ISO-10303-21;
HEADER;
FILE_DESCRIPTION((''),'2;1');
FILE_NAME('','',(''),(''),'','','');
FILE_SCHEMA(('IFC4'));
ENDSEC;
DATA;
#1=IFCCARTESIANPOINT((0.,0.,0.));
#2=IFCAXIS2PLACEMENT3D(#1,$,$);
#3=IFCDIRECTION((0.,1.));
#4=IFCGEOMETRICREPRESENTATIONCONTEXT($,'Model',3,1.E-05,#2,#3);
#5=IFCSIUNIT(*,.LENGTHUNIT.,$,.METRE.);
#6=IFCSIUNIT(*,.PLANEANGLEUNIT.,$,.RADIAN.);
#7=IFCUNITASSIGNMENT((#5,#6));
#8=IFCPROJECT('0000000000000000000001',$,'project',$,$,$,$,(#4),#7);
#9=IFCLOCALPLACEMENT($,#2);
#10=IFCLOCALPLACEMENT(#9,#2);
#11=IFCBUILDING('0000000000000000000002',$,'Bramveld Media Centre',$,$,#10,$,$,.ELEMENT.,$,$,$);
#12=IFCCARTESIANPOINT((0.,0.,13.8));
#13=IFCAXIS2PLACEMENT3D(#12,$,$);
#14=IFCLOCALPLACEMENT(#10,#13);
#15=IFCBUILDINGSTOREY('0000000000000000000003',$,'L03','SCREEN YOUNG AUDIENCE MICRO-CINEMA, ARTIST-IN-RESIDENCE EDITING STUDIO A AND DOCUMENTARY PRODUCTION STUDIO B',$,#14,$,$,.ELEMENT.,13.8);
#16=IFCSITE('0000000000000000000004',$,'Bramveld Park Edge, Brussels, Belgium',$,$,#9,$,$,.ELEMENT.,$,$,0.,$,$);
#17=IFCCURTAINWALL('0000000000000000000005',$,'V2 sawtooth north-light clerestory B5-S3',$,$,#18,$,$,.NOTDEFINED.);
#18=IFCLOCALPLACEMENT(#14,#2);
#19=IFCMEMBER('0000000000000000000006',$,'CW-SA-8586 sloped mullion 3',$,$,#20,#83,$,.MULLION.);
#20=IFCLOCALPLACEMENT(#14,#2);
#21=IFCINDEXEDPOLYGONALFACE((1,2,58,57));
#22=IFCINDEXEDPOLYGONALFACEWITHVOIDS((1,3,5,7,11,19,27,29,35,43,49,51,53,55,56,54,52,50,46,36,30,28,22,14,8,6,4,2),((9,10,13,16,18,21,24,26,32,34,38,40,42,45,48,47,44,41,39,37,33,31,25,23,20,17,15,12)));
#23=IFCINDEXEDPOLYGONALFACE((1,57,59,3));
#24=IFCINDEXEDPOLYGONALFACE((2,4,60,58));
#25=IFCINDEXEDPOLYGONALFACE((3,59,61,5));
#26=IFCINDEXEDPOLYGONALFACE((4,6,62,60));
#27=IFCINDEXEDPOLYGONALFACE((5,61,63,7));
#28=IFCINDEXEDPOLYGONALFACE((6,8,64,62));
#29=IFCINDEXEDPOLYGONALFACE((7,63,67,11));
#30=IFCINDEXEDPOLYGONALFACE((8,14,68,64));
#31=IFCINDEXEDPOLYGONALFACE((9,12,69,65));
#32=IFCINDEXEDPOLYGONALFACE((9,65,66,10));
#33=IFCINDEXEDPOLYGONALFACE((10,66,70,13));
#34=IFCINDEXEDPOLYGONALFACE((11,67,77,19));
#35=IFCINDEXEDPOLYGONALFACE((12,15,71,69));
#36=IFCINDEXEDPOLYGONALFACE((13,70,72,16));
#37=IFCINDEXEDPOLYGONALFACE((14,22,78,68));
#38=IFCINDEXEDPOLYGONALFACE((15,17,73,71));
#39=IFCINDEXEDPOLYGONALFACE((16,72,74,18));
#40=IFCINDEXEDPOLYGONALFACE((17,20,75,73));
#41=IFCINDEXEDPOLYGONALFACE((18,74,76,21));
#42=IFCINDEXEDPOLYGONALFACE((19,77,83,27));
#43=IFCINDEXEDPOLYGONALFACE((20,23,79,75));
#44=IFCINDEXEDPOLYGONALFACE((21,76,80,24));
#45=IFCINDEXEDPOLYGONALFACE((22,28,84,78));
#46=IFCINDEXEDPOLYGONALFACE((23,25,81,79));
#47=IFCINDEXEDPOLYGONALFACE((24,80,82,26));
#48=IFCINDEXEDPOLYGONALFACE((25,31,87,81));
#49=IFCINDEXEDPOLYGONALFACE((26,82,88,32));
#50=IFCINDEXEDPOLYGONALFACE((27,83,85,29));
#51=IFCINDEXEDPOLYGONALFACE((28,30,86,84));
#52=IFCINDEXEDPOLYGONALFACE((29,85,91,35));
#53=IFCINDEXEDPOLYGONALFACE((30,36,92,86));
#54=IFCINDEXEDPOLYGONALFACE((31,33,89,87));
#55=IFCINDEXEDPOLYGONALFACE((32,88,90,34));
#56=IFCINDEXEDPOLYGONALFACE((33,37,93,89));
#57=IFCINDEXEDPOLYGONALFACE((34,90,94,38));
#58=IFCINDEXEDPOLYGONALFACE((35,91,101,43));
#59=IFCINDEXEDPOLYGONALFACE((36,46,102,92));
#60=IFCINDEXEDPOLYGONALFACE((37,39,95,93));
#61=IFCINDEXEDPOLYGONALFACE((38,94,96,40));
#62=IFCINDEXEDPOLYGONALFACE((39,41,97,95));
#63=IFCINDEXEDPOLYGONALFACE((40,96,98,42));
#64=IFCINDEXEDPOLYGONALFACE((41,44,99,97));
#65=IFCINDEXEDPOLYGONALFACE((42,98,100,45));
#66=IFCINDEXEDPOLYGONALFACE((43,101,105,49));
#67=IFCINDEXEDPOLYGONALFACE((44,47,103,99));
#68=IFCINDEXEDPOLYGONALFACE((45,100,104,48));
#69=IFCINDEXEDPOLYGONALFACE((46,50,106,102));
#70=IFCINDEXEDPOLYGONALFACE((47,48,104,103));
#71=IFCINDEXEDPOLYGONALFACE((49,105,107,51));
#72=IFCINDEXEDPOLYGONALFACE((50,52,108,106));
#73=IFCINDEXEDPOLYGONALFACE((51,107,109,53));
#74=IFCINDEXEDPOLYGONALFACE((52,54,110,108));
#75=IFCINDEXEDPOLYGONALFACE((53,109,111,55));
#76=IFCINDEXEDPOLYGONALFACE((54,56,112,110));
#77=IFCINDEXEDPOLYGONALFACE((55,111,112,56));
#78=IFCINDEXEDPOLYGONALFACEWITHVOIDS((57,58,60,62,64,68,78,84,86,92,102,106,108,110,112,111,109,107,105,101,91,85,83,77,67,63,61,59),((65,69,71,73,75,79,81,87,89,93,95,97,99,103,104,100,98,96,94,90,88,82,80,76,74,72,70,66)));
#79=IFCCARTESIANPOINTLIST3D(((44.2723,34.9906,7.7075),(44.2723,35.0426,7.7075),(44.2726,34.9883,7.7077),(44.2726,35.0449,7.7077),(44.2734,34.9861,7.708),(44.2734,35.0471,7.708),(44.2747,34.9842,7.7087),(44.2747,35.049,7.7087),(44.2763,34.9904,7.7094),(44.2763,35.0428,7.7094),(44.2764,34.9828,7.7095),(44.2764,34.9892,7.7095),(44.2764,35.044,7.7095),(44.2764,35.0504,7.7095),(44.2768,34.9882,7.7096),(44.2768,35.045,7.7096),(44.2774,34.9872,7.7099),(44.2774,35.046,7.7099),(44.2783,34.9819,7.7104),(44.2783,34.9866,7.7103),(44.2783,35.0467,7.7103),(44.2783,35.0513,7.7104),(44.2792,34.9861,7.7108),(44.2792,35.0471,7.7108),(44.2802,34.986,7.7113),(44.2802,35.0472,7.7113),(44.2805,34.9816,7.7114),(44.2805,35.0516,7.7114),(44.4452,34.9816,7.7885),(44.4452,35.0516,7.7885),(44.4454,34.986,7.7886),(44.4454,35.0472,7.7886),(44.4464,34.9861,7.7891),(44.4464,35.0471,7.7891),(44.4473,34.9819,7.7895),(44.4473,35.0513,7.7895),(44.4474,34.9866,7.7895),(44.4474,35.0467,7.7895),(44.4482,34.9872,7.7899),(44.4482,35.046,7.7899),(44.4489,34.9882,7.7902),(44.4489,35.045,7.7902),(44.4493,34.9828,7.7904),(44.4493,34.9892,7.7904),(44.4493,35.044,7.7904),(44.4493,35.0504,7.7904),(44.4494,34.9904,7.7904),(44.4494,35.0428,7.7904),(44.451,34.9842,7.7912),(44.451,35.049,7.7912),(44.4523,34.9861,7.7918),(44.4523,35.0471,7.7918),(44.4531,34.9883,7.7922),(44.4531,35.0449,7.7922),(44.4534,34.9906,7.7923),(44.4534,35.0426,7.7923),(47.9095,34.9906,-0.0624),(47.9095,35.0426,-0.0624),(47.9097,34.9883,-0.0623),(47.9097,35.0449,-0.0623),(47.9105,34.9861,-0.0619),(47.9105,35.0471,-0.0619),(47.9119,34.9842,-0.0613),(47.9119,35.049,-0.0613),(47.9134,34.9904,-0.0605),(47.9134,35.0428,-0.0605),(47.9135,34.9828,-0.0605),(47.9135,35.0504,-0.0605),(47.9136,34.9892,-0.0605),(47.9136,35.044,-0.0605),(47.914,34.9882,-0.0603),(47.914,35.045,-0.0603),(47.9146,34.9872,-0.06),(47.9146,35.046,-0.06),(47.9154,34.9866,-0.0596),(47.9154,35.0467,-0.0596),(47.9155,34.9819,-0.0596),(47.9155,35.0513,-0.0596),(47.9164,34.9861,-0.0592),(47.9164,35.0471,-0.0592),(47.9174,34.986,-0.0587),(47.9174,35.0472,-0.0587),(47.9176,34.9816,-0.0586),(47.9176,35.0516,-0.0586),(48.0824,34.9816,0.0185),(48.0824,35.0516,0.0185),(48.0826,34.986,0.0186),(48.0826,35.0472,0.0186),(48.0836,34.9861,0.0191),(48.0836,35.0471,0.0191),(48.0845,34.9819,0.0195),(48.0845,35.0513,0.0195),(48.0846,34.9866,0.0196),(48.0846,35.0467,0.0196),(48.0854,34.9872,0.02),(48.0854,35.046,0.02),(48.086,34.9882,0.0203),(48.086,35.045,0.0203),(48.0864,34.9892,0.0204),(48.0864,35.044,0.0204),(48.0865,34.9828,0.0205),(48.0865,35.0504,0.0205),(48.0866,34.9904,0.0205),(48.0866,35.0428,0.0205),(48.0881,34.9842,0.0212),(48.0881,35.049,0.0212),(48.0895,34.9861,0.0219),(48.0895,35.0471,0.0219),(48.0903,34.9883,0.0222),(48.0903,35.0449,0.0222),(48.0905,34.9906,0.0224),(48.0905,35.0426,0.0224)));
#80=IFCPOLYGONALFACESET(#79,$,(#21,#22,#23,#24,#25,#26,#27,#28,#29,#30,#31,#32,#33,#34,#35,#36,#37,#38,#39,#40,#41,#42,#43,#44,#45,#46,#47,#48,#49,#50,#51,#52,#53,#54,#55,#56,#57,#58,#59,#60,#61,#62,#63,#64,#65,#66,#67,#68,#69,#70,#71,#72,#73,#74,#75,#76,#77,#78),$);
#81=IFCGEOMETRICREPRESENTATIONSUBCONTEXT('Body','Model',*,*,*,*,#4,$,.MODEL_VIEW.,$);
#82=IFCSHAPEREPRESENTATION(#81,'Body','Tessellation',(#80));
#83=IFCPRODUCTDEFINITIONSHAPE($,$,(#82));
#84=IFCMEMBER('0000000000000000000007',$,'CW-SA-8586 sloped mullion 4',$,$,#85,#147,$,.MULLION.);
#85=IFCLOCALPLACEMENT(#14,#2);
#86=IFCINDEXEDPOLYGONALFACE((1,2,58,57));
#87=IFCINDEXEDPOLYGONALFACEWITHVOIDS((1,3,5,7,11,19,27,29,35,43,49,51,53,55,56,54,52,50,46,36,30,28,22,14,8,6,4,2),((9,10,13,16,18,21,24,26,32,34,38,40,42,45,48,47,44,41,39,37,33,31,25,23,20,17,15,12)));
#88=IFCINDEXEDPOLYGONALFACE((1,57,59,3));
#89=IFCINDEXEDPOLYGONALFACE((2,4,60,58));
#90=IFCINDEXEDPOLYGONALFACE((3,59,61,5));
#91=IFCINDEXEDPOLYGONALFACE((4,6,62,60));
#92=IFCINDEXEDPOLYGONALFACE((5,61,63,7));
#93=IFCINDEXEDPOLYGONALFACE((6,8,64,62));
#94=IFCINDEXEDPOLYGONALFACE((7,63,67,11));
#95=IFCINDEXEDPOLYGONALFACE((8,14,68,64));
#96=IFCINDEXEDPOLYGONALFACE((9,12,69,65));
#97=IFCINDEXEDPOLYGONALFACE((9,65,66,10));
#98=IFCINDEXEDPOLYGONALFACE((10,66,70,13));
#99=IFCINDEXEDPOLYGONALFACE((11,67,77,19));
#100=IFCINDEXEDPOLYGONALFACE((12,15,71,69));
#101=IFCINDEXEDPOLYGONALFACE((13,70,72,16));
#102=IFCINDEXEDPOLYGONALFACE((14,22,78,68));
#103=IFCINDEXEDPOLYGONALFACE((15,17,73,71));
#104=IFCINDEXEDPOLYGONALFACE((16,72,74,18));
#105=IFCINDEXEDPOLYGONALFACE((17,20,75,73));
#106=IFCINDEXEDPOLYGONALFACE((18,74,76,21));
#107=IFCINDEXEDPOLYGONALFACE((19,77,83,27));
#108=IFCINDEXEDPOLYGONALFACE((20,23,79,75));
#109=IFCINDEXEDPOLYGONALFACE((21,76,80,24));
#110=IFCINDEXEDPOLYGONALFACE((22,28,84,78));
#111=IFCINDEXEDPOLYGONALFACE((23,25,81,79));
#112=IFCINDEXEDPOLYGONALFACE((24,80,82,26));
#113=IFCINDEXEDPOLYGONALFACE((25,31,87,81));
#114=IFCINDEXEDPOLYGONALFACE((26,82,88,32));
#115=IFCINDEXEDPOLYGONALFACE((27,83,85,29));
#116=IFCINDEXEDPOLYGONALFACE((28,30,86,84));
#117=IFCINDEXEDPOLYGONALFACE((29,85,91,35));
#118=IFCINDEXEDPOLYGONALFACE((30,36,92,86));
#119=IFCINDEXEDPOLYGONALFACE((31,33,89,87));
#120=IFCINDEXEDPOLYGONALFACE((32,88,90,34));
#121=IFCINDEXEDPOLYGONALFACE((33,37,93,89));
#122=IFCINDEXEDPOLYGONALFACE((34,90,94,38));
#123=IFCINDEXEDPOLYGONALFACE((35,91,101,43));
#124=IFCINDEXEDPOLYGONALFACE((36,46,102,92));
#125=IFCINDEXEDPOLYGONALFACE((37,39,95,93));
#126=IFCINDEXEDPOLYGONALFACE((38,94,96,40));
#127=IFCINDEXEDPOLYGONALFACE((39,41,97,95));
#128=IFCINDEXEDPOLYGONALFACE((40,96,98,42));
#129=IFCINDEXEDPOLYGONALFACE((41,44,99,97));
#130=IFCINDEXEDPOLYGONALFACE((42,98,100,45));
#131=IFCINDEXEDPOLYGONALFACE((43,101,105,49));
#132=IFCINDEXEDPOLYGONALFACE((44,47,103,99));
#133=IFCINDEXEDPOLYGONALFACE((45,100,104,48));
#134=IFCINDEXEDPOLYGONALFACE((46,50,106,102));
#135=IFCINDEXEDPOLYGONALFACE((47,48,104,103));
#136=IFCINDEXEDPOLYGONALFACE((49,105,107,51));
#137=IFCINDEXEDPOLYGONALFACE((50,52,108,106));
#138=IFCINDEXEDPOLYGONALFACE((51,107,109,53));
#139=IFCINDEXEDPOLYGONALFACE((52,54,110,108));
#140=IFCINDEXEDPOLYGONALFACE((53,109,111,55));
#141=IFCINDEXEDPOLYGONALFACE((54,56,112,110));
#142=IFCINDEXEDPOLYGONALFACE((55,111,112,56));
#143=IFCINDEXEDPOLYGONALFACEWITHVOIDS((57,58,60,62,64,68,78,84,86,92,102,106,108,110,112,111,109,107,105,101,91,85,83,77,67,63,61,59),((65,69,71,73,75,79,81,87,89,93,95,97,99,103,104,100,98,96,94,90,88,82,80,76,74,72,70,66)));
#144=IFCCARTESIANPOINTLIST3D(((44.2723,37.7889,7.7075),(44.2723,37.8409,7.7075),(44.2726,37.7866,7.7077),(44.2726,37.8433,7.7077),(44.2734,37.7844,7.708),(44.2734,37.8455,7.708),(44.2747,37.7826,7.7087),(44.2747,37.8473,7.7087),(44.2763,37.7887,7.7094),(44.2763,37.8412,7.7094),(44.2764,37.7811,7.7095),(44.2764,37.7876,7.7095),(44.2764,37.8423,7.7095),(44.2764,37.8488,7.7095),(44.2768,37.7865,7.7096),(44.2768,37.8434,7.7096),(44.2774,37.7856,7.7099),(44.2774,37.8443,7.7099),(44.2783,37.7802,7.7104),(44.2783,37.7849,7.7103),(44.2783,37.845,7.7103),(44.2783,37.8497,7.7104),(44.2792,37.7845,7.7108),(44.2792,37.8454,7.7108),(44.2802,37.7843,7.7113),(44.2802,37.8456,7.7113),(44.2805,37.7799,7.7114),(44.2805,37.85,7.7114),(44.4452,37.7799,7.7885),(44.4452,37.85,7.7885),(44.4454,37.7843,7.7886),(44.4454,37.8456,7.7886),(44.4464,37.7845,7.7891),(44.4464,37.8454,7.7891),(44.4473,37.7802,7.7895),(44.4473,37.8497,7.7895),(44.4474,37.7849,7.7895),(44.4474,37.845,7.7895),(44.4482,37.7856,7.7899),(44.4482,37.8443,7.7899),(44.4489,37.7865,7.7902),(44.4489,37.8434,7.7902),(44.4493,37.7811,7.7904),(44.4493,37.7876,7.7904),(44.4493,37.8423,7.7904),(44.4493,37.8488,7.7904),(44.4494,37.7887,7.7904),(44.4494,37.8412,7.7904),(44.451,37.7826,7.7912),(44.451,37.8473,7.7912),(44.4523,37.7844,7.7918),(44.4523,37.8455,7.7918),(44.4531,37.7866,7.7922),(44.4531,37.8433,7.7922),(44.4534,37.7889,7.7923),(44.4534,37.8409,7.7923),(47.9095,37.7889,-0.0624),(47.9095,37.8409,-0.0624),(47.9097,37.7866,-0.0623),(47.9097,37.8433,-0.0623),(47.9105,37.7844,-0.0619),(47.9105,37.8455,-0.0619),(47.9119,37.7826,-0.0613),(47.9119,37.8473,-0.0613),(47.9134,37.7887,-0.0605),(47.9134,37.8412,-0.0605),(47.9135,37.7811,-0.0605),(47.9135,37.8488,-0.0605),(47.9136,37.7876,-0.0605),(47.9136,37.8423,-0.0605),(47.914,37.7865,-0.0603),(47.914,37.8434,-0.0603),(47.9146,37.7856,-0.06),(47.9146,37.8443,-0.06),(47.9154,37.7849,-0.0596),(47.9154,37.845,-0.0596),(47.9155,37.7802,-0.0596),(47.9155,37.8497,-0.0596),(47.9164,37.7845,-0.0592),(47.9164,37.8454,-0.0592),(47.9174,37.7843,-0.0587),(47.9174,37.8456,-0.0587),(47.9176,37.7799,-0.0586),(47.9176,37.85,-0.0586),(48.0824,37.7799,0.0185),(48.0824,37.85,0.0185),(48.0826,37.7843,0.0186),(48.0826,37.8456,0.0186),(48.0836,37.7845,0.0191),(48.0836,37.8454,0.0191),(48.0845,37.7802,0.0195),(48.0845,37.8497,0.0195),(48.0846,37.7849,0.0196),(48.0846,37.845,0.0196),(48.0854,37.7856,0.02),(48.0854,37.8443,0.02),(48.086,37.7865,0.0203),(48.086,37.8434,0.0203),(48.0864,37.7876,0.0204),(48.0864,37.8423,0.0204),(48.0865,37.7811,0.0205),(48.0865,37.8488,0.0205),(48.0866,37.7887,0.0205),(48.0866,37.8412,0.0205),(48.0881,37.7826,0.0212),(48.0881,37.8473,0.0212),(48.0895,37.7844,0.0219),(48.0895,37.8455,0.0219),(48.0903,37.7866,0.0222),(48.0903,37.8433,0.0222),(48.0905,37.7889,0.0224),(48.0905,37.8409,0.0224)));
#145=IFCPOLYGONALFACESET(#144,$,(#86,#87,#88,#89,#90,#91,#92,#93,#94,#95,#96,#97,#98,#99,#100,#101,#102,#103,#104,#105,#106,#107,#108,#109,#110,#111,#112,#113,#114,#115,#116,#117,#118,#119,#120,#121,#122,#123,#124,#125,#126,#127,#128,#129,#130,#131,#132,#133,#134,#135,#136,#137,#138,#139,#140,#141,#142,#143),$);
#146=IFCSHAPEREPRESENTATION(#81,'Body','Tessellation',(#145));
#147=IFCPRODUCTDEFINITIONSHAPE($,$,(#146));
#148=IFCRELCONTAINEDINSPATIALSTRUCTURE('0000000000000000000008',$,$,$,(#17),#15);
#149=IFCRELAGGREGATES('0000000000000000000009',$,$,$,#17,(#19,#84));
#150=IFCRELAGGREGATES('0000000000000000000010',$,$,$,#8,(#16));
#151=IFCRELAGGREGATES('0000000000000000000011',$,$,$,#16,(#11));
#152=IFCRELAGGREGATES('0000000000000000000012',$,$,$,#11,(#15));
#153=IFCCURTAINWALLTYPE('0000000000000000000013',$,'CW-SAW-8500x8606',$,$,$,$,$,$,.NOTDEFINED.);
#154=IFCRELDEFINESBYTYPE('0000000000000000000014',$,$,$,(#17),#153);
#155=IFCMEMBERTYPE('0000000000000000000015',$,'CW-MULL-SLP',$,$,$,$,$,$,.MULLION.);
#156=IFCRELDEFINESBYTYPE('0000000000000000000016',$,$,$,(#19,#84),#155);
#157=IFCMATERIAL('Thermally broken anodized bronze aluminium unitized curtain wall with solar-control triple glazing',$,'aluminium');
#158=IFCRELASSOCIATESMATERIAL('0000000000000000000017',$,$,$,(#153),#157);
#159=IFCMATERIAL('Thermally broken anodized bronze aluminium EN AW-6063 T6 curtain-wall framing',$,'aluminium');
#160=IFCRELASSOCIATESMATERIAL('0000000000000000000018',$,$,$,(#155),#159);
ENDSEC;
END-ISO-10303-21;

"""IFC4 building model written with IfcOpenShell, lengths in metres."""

from ifc_helpers import new_model, si_unit, direction, frame, origin, origin_2d, place, context, subcontext, project, spatial, hollow_rectangle, extrude, material, material_profile, profile_set, type_object, element, aggregate, save


model = new_model("IFC4")

# Units and contexts
model_context = context("Model", 3, precision=1e-05, world=origin(), true_north=direction((0.0, 1.0)))
body_context = subcontext(model_context, "Body", "Model", "MODEL_VIEW")
ifc_project = project(units=[si_unit("LENGTHUNIT", "METRE"), si_unit("PLANEANGLEUNIT", "RADIAN")], contexts=[model_context])

# Site, building, storey
site_placement = place(None, origin())
site = spatial("IfcSite", under=ifc_project, at=site_placement, Name="Bramveld Park Edge, Brussels, Belgium", CompositionType="ELEMENT", RefElevation=0.0)
building_placement = place(site_placement, origin())
building = spatial("IfcBuilding", under=site, at=building_placement, Name="Bramveld Media Centre", CompositionType="ELEMENT")
storey_placement = place(building_placement, frame((0.0, 0.0, 13.8)))
storey = spatial("IfcBuildingStorey", under=building, at=storey_placement, Name="L03", Description="SCREEN YOUNG AUDIENCE MICRO-CINEMA, ARTIST-IN-RESIDENCE EDITING STUDIO A AND DOCUMENTARY PRODUCTION STUDIO B", CompositionType="ELEMENT", Elevation=13.8)

# Curtain wall, members
ifc_material_1 = material(Name="Thermally broken anodized bronze aluminium unitized curtain wall with solar-control triple glazing", Category="aluminium")
curtain_wall_type = type_object("IfcCurtainWallType", Name="CW-SAW-8500x8606", PredefinedType="NOTDEFINED", material=ifc_material_1)
curtain_wall_placement = place(storey_placement, origin())
curtain_wall = element("IfcCurtainWall", 1, at=curtain_wall_placement, inside=storey, type_object=curtain_wall_type, Name="V2 sawtooth north-light clerestory B5-S3", PredefinedType="NOTDEFINED")
ifc_material_2 = material(Name="Thermally broken anodized bronze aluminium EN AW-6063 T6 curtain-wall framing", Category="aluminium")
ifc_material_profile_1 = material_profile(ifc_material_2, hollow_rectangle(XDim=0.0701, YDim=0.2, WallThickness=0.0044, InnerFilletRadius=0.0044, OuterFilletRadius=0.009, at=origin_2d()), Name="AL-MULL 70x200")
ifc_profile_set_1 = profile_set([ifc_material_profile_1], Name="Thermally broken anodized bronze aluminium EN AW-6063 T6 curtain-wall framing")
member_type_1 = type_object("IfcMemberType", Name="CW-MULL-SLP", PredefinedType="MULLION", material=ifc_profile_set_1)
member_1_placement = place(storey_placement, frame((48.0, 35.0166, -0.02), z_axis=(-0.423957, 0.0, 0.905682), x_axis=(0.0, -1.0, 0.0)))
member_1 = element("IfcMember", 2, at=member_1_placement, type_object=member_type_1, Name="CW-SA-8586 sloped mullion 3", PredefinedType="MULLION", context=body_context, shape_type="SweptSolid", body=[
    extrude(hollow_rectangle(XDim=0.0701, YDim=0.2, WallThickness=0.0044, InnerFilletRadius=0.0044, OuterFilletRadius=0.009, at=origin_2d()), origin(), (0.0, 0.0, 1.0), 8.5791),
])
member_2_placement = place(storey_placement, frame((48.0, 37.8149, -0.02), z_axis=(-0.423957, 0.0, 0.905682), x_axis=(0.0, -1.0, 0.0)))
member_2 = element("IfcMember", 3, at=member_2_placement, type_object=member_type_1, Name="CW-SA-8586 sloped mullion 4", PredefinedType="MULLION", context=body_context, shape_type="SweptSolid", body=[
    extrude(hollow_rectangle(XDim=0.0701, YDim=0.2, WallThickness=0.0044, InnerFilletRadius=0.0044, OuterFilletRadius=0.009, at=origin_2d()), origin(), (0.0, 0.0, 1.0), 8.5791),
])

aggregate(curtain_wall, [member_1, member_2])

save(model, "model.ifc")
